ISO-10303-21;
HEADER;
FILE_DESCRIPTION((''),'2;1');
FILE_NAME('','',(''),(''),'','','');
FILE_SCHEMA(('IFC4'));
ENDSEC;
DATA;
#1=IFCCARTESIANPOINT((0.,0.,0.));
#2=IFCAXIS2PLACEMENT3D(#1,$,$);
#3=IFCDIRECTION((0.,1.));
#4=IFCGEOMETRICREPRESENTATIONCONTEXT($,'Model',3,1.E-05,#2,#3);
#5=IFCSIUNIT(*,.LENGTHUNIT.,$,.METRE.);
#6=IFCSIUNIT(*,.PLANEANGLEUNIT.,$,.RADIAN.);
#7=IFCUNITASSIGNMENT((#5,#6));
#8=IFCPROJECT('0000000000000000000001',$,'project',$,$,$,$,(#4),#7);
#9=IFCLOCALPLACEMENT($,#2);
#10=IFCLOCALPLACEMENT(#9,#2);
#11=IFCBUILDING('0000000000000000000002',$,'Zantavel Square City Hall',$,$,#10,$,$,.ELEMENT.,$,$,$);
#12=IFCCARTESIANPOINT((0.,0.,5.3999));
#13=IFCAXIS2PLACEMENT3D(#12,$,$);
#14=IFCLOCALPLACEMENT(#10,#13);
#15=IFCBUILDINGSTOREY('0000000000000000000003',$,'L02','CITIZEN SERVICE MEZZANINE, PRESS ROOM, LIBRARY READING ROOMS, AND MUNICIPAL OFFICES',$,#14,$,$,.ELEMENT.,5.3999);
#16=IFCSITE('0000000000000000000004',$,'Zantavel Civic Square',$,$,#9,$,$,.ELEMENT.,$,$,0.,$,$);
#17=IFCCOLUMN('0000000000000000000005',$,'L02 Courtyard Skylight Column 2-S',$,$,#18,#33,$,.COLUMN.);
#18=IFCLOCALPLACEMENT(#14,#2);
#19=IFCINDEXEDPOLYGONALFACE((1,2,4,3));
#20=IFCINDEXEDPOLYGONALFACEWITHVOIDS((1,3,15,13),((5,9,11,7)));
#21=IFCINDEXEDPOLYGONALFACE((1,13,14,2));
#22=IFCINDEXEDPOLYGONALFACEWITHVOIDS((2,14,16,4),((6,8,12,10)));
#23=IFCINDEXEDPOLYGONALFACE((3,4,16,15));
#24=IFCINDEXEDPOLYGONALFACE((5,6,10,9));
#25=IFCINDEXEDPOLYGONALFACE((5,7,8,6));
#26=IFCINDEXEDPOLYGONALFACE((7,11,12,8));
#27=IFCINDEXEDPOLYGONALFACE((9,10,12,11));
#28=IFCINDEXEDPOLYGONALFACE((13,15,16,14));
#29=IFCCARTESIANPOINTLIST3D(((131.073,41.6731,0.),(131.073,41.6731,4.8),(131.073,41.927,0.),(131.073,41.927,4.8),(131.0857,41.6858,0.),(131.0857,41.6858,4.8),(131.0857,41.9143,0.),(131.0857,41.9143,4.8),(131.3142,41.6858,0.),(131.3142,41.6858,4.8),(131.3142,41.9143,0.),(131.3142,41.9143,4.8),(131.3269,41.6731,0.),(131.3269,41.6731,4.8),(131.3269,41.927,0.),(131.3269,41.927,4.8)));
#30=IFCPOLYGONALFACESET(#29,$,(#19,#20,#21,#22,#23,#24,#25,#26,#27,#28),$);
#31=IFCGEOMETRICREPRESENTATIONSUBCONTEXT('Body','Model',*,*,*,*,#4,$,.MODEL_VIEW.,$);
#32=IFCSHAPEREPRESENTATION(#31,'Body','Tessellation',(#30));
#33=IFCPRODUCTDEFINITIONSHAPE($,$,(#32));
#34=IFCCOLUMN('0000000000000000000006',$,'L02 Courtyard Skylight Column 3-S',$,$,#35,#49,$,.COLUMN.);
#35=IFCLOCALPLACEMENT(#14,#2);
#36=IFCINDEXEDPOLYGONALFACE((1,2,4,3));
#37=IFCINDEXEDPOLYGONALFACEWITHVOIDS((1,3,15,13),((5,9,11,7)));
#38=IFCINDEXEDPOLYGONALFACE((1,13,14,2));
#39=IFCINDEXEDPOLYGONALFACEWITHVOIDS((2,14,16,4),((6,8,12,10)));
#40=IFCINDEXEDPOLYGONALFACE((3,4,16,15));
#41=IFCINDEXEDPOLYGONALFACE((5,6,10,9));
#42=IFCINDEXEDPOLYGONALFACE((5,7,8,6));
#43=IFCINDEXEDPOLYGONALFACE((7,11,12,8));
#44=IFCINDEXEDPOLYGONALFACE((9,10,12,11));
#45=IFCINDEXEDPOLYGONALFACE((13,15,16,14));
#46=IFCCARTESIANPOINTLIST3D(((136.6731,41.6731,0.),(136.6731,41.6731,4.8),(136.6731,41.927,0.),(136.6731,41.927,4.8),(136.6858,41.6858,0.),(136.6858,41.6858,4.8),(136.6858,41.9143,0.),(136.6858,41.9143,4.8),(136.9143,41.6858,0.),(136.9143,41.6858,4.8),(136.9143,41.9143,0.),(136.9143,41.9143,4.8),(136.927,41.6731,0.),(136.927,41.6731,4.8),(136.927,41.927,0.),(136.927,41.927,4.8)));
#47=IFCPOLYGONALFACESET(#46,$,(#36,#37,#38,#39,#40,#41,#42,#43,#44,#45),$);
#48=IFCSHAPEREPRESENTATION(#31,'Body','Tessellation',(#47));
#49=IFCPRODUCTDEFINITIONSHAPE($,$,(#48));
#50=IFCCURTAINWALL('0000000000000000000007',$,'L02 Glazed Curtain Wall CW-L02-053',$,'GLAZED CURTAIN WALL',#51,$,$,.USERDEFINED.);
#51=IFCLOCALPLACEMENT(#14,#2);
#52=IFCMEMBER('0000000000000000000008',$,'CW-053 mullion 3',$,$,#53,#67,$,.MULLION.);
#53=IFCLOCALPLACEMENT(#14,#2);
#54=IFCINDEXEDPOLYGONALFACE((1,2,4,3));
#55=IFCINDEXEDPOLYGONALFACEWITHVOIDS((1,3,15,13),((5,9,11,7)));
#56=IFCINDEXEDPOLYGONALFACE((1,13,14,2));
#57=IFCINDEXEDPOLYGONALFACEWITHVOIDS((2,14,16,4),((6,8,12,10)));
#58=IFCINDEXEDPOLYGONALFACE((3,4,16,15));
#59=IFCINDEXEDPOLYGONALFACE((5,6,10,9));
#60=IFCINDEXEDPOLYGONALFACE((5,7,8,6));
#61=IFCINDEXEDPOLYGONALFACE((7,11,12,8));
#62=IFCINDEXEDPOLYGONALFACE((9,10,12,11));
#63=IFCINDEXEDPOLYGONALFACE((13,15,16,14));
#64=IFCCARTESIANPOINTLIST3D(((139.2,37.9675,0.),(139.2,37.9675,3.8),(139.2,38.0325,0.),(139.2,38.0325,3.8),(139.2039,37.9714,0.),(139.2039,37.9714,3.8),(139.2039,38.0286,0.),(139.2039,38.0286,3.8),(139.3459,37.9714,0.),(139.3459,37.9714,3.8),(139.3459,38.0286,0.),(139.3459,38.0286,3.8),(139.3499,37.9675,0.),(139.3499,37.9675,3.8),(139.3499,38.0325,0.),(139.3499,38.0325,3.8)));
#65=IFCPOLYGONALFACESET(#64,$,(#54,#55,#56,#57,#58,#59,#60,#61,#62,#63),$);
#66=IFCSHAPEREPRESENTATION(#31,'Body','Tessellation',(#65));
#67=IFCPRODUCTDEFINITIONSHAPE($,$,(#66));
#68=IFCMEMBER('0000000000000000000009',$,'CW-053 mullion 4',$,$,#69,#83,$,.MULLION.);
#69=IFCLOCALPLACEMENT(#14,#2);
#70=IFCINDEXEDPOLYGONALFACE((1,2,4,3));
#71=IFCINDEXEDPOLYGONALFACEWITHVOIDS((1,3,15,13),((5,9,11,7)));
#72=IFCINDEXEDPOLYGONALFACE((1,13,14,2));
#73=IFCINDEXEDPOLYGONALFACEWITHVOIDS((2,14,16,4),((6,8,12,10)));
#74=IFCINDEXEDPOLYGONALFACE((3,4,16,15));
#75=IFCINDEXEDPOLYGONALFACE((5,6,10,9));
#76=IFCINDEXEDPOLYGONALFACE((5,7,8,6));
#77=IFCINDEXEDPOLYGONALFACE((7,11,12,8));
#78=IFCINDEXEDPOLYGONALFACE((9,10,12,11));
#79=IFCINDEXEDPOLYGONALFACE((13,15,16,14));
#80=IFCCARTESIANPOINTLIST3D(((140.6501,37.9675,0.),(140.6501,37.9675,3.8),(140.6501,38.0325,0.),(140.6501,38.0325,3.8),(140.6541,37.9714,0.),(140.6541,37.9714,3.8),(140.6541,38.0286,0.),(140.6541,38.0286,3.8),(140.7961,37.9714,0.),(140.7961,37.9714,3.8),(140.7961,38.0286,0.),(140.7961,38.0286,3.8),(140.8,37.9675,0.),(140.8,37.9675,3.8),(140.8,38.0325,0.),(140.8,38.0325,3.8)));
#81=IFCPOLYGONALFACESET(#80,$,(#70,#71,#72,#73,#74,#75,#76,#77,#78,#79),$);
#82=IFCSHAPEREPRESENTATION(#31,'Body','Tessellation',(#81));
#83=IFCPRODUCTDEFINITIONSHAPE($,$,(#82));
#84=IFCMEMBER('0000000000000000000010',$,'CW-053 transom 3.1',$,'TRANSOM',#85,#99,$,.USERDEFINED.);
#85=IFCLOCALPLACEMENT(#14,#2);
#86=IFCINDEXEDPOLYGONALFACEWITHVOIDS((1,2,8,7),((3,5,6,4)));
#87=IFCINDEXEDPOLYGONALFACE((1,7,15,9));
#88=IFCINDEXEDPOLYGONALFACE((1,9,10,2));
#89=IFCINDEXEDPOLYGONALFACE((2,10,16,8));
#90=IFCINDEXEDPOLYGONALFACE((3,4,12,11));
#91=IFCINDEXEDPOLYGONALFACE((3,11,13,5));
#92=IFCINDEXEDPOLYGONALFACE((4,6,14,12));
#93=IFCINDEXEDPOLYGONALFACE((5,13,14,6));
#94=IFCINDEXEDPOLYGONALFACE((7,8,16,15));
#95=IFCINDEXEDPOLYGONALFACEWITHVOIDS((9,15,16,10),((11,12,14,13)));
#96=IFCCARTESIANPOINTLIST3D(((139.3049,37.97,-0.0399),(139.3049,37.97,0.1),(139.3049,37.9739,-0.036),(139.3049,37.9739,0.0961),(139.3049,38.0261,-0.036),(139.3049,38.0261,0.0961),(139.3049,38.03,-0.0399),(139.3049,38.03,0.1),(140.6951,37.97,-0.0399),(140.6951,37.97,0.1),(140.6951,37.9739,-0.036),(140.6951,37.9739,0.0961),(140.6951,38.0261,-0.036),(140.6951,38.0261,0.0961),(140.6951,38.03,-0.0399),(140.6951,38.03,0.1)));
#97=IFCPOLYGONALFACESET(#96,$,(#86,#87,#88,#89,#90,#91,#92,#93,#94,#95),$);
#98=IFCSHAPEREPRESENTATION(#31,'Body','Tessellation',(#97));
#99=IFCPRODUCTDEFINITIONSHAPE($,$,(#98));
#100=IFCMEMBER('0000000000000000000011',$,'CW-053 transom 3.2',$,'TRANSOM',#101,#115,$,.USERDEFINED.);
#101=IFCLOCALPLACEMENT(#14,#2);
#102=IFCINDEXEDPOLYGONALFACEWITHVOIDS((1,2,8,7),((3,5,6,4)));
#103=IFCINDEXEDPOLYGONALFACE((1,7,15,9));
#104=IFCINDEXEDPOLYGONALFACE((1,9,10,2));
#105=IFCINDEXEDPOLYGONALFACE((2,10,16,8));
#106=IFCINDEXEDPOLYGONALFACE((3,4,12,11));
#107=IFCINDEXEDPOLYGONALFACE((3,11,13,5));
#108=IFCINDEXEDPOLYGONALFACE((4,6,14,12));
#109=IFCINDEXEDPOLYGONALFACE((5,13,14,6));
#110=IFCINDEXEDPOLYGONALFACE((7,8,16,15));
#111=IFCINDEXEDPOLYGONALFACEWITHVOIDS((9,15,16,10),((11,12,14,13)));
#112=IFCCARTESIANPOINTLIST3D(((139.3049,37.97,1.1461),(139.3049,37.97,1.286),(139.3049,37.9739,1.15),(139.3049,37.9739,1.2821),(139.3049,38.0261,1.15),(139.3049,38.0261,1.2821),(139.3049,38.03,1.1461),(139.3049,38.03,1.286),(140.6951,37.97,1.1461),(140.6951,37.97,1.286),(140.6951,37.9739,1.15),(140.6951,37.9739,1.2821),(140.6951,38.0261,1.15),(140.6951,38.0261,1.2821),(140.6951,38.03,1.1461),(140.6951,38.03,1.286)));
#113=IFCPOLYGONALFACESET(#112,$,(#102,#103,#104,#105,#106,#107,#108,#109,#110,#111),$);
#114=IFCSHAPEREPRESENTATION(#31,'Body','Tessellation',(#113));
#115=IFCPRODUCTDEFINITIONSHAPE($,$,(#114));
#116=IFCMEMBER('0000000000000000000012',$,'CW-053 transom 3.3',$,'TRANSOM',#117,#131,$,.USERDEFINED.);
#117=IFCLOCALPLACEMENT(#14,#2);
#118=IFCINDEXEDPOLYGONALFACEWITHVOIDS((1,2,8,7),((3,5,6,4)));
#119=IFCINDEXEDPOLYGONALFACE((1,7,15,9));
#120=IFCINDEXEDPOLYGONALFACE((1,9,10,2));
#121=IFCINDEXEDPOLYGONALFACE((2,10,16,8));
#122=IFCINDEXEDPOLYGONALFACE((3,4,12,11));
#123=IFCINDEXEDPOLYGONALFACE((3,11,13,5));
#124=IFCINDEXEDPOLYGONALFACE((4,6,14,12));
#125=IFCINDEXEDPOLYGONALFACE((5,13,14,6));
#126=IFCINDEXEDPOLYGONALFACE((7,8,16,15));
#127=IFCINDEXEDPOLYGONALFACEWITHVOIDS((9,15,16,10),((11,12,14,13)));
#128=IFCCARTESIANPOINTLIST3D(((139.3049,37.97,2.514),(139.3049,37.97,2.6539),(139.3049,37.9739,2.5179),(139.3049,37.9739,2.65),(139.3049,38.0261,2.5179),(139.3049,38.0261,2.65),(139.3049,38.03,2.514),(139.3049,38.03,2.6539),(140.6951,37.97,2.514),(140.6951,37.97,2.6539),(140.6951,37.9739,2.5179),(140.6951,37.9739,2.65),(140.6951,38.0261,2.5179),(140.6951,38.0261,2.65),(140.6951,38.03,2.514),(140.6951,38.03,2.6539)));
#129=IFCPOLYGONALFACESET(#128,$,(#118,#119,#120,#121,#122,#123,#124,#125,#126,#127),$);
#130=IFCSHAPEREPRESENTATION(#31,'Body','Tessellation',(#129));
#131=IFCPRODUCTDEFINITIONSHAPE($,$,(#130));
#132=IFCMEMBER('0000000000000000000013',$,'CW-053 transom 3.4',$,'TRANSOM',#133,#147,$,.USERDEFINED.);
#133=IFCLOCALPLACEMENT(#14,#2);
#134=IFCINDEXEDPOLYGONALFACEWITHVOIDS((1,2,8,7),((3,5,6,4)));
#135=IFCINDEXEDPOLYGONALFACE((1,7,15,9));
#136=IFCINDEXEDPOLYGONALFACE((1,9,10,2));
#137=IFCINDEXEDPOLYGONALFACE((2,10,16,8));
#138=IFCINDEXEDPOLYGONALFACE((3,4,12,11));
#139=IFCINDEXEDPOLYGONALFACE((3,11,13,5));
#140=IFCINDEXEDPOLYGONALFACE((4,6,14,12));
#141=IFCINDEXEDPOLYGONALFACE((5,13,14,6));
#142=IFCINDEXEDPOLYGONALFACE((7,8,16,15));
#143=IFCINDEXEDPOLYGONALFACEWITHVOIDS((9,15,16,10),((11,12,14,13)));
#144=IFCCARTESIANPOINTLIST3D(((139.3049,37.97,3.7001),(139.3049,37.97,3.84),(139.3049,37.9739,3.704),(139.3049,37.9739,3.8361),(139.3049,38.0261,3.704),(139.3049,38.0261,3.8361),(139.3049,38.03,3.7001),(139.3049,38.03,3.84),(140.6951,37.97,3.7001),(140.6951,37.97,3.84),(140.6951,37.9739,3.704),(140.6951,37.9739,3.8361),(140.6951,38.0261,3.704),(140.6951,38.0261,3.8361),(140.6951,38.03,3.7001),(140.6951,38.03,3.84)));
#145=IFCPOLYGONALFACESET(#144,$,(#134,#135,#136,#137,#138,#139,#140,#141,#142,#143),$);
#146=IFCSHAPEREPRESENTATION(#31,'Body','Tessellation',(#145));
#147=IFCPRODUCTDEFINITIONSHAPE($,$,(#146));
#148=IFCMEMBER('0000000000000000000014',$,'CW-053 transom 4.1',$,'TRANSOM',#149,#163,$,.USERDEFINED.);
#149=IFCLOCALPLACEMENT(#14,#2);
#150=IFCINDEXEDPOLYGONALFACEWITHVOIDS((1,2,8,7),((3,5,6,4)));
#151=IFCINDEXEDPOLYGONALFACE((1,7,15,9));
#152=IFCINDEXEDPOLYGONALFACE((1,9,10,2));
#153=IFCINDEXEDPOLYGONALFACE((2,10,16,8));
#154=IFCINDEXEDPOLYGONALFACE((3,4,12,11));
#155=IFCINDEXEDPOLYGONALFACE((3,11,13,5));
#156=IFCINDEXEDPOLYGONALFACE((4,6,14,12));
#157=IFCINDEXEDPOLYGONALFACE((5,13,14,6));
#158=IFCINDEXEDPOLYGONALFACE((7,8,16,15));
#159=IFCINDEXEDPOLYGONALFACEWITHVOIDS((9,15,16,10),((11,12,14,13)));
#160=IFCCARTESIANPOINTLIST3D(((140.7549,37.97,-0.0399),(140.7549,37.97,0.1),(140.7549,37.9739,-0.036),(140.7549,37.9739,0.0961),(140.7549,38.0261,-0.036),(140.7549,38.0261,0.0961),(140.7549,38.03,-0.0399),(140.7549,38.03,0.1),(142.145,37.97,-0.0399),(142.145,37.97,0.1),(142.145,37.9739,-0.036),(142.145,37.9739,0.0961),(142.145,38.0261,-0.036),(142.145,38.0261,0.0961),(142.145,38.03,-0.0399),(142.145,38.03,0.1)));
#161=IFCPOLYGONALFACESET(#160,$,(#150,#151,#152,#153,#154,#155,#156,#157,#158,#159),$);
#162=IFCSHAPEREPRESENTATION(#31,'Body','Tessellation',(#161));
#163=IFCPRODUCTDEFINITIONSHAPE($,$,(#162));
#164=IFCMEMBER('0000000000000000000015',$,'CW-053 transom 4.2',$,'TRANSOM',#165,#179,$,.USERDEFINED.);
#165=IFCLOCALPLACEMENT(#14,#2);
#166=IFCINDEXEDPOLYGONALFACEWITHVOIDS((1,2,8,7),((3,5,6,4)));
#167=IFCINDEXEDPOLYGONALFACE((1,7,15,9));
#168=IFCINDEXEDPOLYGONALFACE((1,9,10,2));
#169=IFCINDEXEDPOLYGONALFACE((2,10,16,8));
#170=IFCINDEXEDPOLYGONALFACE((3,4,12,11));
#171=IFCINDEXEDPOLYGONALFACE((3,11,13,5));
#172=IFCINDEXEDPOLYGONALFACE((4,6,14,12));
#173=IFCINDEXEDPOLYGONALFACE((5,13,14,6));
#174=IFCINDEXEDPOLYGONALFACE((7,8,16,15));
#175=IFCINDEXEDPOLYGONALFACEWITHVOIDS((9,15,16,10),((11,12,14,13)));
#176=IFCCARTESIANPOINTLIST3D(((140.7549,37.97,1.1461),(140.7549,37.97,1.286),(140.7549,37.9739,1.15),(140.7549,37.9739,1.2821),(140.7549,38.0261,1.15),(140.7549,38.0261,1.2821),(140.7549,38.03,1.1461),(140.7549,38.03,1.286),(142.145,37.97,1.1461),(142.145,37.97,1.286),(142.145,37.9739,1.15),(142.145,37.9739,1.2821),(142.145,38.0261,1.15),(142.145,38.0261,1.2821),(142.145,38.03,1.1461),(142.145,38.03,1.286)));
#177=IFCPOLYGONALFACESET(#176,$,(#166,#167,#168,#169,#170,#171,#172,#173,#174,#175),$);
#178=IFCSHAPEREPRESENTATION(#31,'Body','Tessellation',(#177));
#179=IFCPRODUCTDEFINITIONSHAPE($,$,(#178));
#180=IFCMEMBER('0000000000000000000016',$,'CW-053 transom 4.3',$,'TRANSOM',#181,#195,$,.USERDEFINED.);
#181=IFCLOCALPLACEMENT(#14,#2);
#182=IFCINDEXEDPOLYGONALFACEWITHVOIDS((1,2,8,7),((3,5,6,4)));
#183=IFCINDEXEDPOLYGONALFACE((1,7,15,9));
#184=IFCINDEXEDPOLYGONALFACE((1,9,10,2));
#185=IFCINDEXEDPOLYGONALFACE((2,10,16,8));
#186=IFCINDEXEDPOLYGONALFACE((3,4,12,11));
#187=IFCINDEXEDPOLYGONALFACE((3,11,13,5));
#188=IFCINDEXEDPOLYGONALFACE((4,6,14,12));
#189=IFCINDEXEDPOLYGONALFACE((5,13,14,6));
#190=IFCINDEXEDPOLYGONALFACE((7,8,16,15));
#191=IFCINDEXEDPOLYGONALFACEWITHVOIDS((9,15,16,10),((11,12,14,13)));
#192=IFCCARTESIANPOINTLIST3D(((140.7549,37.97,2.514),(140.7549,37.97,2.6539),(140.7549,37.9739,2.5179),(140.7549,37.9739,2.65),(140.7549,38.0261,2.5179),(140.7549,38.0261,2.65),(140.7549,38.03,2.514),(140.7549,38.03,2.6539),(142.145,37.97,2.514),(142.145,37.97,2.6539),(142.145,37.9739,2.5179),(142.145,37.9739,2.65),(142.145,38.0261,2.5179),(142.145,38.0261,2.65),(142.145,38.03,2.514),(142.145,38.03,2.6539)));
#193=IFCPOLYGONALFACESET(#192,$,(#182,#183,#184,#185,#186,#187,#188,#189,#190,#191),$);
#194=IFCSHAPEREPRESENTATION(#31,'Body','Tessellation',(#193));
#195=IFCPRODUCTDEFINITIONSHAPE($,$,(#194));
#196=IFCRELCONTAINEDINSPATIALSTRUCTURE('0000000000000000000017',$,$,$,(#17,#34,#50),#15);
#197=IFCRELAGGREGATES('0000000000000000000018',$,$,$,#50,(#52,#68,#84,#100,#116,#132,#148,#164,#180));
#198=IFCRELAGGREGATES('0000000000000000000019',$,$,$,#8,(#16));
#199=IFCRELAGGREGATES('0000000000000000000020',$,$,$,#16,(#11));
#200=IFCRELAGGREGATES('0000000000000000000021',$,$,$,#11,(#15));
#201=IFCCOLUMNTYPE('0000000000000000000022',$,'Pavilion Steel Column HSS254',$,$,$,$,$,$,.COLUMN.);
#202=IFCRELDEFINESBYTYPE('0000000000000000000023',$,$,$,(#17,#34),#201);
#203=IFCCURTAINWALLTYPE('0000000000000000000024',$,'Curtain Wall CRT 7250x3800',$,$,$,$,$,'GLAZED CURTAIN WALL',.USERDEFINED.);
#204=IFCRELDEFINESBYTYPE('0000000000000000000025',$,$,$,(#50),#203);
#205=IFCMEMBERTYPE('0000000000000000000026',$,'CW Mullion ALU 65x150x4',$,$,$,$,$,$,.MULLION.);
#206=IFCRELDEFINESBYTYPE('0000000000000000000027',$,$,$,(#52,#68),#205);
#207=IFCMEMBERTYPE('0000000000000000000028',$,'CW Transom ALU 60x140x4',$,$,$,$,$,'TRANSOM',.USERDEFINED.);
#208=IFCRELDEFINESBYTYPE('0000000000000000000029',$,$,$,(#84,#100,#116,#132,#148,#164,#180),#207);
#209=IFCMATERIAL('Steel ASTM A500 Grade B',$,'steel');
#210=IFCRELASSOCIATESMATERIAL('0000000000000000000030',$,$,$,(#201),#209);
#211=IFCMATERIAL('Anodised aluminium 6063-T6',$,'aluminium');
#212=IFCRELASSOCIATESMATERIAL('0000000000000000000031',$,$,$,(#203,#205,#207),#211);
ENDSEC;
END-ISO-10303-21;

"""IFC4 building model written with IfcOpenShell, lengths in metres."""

from ifc_helpers import new_model, si_unit, direction, frame, origin, origin_2d, place, context, subcontext, project, spatial, hollow_rectangle, extrude, material, material_profile, profile_set, type_object, element, aggregate, save


model = new_model("IFC4")

# Units and contexts
model_context = context("Model", 3, precision=1e-05, world=origin(), true_north=direction((0.0, 1.0)))
body_context = subcontext(model_context, "Body", "Model", "MODEL_VIEW")
ifc_project = project(units=[si_unit("LENGTHUNIT", "METRE"), si_unit("PLANEANGLEUNIT", "RADIAN")], contexts=[model_context])

# Site, building, storey
site_placement = place(None, origin())
site = spatial("IfcSite", under=ifc_project, at=site_placement, Name="Zantavel Civic Square", CompositionType="ELEMENT", RefElevation=0.0)
building_placement = place(site_placement, origin())
building = spatial("IfcBuilding", under=site, at=building_placement, Name="Zantavel Square City Hall", CompositionType="ELEMENT")
storey_placement = place(building_placement, frame((0.0, 0.0, 5.3999)))
storey = spatial("IfcBuildingStorey", under=building, at=storey_placement, Name="L02", Description="CITIZEN SERVICE MEZZANINE, PRESS ROOM, LIBRARY READING ROOMS, AND MUNICIPAL OFFICES", CompositionType="ELEMENT", Elevation=5.3999)

# Columns
ifc_material_1 = material(Name="Steel ASTM A500 Grade B", Category="steel")
ifc_material_profile_1 = material_profile(ifc_material_1, hollow_rectangle(XDim=0.2539, YDim=0.2539, WallThickness=0.0127, at=origin_2d()), Name="HSS 254x254x12.7")
ifc_profile_set_1 = profile_set([ifc_material_profile_1], Name="Steel ASTM A500 Grade B")
column_type = type_object("IfcColumnType", Name="Pavilion Steel Column HSS254", PredefinedType="COLUMN", material=ifc_profile_set_1)
for number, where, z_axis, x_axis, name in (
    (1, (131.2, 41.8, 0.0), (0.0, 0.0, 1.0), (1.0, 0.0, 0.0), "L02 Courtyard Skylight Column 2-S"),
    (2, (136.8, 41.8, 0.0), (0.0, 0.0, 1.0), (1.0, 0.0, 0.0), "L02 Courtyard Skylight Column 3-S"),
):
    element("IfcColumn", number, at=place(storey_placement, frame(where, z_axis=z_axis, x_axis=x_axis)), inside=storey, type_object=column_type, Name=name, PredefinedType="COLUMN", context=body_context, shape_type="SweptSolid", body=[
        extrude(hollow_rectangle(XDim=0.2539, YDim=0.2539, WallThickness=0.0127, at=origin_2d()), origin(), (0.0, 0.0, 1.0), 4.8),
    ])

# Curtain wall, members
ifc_material_2 = material(Name="Anodised aluminium 6063-T6", Category="aluminium")
curtain_wall_type = type_object("IfcCurtainWallType", Name="Curtain Wall CRT 7250x3800", ElementType="GLAZED CURTAIN WALL", PredefinedType="USERDEFINED", material=ifc_material_2)
curtain_wall_placement = place(storey_placement, origin())
curtain_wall = element("IfcCurtainWall", 3, at=curtain_wall_placement, inside=storey, type_object=curtain_wall_type, Name="L02 Glazed Curtain Wall CW-L02-053", ObjectType="GLAZED CURTAIN WALL", PredefinedType="USERDEFINED")
ifc_material_profile_2 = material_profile(ifc_material_2, hollow_rectangle(XDim=0.0649, YDim=0.1499, WallThickness=0.0039, at=origin_2d()), Name="ALU 65x150x4")
ifc_profile_set_2 = profile_set([ifc_material_profile_2], Name="Anodised aluminium 6063-T6")
member_type_1 = type_object("IfcMemberType", Name="CW Mullion ALU 65x150x4", PredefinedType="MULLION", material=ifc_profile_set_2)
member_1_placement = place(storey_placement, frame((139.2749, 38.0, 0.0), z_axis=(0.0, 0.0, 1.0), x_axis=(0.0, 1.0, 0.0)))
member_1 = element("IfcMember", 4, at=member_1_placement, type_object=member_type_1, Name="CW-053 mullion 3", PredefinedType="MULLION", context=body_context, shape_type="SweptSolid", body=[
    extrude(hollow_rectangle(XDim=0.0649, YDim=0.1499, WallThickness=0.0039, at=origin_2d()), origin(), (0.0, 0.0, 1.0), 3.8),
])
member_2_placement = place(storey_placement, frame((140.7251, 38.0, 0.0), z_axis=(0.0, 0.0, 1.0), x_axis=(0.0, 1.0, 0.0)))
member_2 = element("IfcMember", 5, at=member_2_placement, type_object=member_type_1, Name="CW-053 mullion 4", PredefinedType="MULLION", context=body_context, shape_type="SweptSolid", body=[
    extrude(hollow_rectangle(XDim=0.0649, YDim=0.1499, WallThickness=0.0039, at=origin_2d()), origin(), (0.0, 0.0, 1.0), 3.8),
])
ifc_material_profile_3 = material_profile(ifc_material_2, hollow_rectangle(XDim=0.0601, YDim=0.1399, WallThickness=0.0039, at=origin_2d()), Name="ALU 60x140x4")
ifc_profile_set_3 = profile_set([ifc_material_profile_3], Name="Anodised aluminium 6063-T6")
member_type_2 = type_object("IfcMemberType", Name="CW Transom ALU 60x140x4", ElementType="TRANSOM", PredefinedType="USERDEFINED", material=ifc_profile_set_3)
member_3_placement = place(storey_placement, frame((139.3049, 38.0, 0.03), z_axis=(1.0, 0.0, 0.0), x_axis=(0.0, 1.0, 0.0)))
member_3 = element("IfcMember", 6, at=member_3_placement, type_object=member_type_2, Name="CW-053 transom 3.1", ObjectType="TRANSOM", PredefinedType="USERDEFINED", context=body_context, shape_type="SweptSolid", body=[
    extrude(hollow_rectangle(XDim=0.0601, YDim=0.1399, WallThickness=0.0039, at=origin_2d()), origin(), (0.0, 0.0, 1.0), 1.3901),
])
member_4_placement = place(storey_placement, frame((139.3049, 38.0, 1.2161), z_axis=(1.0, 0.0, 0.0), x_axis=(0.0, 1.0, 0.0)))
member_4 = element("IfcMember", 7, at=member_4_placement, type_object=member_type_2, Name="CW-053 transom 3.2", ObjectType="TRANSOM", PredefinedType="USERDEFINED", context=body_context, shape_type="SweptSolid", body=[
    extrude(hollow_rectangle(XDim=0.0601, YDim=0.1399, WallThickness=0.0039, at=origin_2d()), origin(), (0.0, 0.0, 1.0), 1.3901),
])
member_5_placement = place(storey_placement, frame((139.3049, 38.0, 2.584), z_axis=(1.0, 0.0, 0.0), x_axis=(0.0, 1.0, 0.0)))
member_5 = element("IfcMember", 8, at=member_5_placement, type_object=member_type_2, Name="CW-053 transom 3.3", ObjectType="TRANSOM", PredefinedType="USERDEFINED", context=body_context, shape_type="SweptSolid", body=[
    extrude(hollow_rectangle(XDim=0.0601, YDim=0.1399, WallThickness=0.0039, at=origin_2d()), origin(), (0.0, 0.0, 1.0), 1.3901),
])
member_6_placement = place(storey_placement, frame((139.3049, 38.0, 3.77), z_axis=(1.0, 0.0, 0.0), x_axis=(0.0, 1.0, 0.0)))
member_6 = element("IfcMember", 9, at=member_6_placement, type_object=member_type_2, Name="CW-053 transom 3.4", ObjectType="TRANSOM", PredefinedType="USERDEFINED", context=body_context, shape_type="SweptSolid", body=[
    extrude(hollow_rectangle(XDim=0.0601, YDim=0.1399, WallThickness=0.0039, at=origin_2d()), origin(), (0.0, 0.0, 1.0), 1.3901),
])
member_7_placement = place(storey_placement, frame((140.7549, 38.0, 0.03), z_axis=(1.0, 0.0, 0.0), x_axis=(0.0, 1.0, 0.0)))
member_7 = element("IfcMember", 10, at=member_7_placement, type_object=member_type_2, Name="CW-053 transom 4.1", ObjectType="TRANSOM", PredefinedType="USERDEFINED", context=body_context, shape_type="SweptSolid", body=[
    extrude(hollow_rectangle(XDim=0.0601, YDim=0.1399, WallThickness=0.0039, at=origin_2d()), origin(), (0.0, 0.0, 1.0), 1.3901),
])
member_8_placement = place(storey_placement, frame((140.7549, 38.0, 1.2161), z_axis=(1.0, 0.0, 0.0), x_axis=(0.0, 1.0, 0.0)))
member_8 = element("IfcMember", 11, at=member_8_placement, type_object=member_type_2, Name="CW-053 transom 4.2", ObjectType="TRANSOM", PredefinedType="USERDEFINED", context=body_context, shape_type="SweptSolid", body=[
    extrude(hollow_rectangle(XDim=0.0601, YDim=0.1399, WallThickness=0.0039, at=origin_2d()), origin(), (0.0, 0.0, 1.0), 1.3901),
])
member_9_placement = place(storey_placement, frame((140.7549, 38.0, 2.584), z_axis=(1.0, 0.0, 0.0), x_axis=(0.0, 1.0, 0.0)))
member_9 = element("IfcMember", 12, at=member_9_placement, type_object=member_type_2, Name="CW-053 transom 4.3", ObjectType="TRANSOM", PredefinedType="USERDEFINED", context=body_context, shape_type="SweptSolid", body=[
    extrude(hollow_rectangle(XDim=0.0601, YDim=0.1399, WallThickness=0.0039, at=origin_2d()), origin(), (0.0, 0.0, 1.0), 1.3901),
])
aggregate(curtain_wall, [member_1, member_2, member_3, member_4, member_5, member_6, member_7, member_8, member_9])

save(model, "model.ifc")
